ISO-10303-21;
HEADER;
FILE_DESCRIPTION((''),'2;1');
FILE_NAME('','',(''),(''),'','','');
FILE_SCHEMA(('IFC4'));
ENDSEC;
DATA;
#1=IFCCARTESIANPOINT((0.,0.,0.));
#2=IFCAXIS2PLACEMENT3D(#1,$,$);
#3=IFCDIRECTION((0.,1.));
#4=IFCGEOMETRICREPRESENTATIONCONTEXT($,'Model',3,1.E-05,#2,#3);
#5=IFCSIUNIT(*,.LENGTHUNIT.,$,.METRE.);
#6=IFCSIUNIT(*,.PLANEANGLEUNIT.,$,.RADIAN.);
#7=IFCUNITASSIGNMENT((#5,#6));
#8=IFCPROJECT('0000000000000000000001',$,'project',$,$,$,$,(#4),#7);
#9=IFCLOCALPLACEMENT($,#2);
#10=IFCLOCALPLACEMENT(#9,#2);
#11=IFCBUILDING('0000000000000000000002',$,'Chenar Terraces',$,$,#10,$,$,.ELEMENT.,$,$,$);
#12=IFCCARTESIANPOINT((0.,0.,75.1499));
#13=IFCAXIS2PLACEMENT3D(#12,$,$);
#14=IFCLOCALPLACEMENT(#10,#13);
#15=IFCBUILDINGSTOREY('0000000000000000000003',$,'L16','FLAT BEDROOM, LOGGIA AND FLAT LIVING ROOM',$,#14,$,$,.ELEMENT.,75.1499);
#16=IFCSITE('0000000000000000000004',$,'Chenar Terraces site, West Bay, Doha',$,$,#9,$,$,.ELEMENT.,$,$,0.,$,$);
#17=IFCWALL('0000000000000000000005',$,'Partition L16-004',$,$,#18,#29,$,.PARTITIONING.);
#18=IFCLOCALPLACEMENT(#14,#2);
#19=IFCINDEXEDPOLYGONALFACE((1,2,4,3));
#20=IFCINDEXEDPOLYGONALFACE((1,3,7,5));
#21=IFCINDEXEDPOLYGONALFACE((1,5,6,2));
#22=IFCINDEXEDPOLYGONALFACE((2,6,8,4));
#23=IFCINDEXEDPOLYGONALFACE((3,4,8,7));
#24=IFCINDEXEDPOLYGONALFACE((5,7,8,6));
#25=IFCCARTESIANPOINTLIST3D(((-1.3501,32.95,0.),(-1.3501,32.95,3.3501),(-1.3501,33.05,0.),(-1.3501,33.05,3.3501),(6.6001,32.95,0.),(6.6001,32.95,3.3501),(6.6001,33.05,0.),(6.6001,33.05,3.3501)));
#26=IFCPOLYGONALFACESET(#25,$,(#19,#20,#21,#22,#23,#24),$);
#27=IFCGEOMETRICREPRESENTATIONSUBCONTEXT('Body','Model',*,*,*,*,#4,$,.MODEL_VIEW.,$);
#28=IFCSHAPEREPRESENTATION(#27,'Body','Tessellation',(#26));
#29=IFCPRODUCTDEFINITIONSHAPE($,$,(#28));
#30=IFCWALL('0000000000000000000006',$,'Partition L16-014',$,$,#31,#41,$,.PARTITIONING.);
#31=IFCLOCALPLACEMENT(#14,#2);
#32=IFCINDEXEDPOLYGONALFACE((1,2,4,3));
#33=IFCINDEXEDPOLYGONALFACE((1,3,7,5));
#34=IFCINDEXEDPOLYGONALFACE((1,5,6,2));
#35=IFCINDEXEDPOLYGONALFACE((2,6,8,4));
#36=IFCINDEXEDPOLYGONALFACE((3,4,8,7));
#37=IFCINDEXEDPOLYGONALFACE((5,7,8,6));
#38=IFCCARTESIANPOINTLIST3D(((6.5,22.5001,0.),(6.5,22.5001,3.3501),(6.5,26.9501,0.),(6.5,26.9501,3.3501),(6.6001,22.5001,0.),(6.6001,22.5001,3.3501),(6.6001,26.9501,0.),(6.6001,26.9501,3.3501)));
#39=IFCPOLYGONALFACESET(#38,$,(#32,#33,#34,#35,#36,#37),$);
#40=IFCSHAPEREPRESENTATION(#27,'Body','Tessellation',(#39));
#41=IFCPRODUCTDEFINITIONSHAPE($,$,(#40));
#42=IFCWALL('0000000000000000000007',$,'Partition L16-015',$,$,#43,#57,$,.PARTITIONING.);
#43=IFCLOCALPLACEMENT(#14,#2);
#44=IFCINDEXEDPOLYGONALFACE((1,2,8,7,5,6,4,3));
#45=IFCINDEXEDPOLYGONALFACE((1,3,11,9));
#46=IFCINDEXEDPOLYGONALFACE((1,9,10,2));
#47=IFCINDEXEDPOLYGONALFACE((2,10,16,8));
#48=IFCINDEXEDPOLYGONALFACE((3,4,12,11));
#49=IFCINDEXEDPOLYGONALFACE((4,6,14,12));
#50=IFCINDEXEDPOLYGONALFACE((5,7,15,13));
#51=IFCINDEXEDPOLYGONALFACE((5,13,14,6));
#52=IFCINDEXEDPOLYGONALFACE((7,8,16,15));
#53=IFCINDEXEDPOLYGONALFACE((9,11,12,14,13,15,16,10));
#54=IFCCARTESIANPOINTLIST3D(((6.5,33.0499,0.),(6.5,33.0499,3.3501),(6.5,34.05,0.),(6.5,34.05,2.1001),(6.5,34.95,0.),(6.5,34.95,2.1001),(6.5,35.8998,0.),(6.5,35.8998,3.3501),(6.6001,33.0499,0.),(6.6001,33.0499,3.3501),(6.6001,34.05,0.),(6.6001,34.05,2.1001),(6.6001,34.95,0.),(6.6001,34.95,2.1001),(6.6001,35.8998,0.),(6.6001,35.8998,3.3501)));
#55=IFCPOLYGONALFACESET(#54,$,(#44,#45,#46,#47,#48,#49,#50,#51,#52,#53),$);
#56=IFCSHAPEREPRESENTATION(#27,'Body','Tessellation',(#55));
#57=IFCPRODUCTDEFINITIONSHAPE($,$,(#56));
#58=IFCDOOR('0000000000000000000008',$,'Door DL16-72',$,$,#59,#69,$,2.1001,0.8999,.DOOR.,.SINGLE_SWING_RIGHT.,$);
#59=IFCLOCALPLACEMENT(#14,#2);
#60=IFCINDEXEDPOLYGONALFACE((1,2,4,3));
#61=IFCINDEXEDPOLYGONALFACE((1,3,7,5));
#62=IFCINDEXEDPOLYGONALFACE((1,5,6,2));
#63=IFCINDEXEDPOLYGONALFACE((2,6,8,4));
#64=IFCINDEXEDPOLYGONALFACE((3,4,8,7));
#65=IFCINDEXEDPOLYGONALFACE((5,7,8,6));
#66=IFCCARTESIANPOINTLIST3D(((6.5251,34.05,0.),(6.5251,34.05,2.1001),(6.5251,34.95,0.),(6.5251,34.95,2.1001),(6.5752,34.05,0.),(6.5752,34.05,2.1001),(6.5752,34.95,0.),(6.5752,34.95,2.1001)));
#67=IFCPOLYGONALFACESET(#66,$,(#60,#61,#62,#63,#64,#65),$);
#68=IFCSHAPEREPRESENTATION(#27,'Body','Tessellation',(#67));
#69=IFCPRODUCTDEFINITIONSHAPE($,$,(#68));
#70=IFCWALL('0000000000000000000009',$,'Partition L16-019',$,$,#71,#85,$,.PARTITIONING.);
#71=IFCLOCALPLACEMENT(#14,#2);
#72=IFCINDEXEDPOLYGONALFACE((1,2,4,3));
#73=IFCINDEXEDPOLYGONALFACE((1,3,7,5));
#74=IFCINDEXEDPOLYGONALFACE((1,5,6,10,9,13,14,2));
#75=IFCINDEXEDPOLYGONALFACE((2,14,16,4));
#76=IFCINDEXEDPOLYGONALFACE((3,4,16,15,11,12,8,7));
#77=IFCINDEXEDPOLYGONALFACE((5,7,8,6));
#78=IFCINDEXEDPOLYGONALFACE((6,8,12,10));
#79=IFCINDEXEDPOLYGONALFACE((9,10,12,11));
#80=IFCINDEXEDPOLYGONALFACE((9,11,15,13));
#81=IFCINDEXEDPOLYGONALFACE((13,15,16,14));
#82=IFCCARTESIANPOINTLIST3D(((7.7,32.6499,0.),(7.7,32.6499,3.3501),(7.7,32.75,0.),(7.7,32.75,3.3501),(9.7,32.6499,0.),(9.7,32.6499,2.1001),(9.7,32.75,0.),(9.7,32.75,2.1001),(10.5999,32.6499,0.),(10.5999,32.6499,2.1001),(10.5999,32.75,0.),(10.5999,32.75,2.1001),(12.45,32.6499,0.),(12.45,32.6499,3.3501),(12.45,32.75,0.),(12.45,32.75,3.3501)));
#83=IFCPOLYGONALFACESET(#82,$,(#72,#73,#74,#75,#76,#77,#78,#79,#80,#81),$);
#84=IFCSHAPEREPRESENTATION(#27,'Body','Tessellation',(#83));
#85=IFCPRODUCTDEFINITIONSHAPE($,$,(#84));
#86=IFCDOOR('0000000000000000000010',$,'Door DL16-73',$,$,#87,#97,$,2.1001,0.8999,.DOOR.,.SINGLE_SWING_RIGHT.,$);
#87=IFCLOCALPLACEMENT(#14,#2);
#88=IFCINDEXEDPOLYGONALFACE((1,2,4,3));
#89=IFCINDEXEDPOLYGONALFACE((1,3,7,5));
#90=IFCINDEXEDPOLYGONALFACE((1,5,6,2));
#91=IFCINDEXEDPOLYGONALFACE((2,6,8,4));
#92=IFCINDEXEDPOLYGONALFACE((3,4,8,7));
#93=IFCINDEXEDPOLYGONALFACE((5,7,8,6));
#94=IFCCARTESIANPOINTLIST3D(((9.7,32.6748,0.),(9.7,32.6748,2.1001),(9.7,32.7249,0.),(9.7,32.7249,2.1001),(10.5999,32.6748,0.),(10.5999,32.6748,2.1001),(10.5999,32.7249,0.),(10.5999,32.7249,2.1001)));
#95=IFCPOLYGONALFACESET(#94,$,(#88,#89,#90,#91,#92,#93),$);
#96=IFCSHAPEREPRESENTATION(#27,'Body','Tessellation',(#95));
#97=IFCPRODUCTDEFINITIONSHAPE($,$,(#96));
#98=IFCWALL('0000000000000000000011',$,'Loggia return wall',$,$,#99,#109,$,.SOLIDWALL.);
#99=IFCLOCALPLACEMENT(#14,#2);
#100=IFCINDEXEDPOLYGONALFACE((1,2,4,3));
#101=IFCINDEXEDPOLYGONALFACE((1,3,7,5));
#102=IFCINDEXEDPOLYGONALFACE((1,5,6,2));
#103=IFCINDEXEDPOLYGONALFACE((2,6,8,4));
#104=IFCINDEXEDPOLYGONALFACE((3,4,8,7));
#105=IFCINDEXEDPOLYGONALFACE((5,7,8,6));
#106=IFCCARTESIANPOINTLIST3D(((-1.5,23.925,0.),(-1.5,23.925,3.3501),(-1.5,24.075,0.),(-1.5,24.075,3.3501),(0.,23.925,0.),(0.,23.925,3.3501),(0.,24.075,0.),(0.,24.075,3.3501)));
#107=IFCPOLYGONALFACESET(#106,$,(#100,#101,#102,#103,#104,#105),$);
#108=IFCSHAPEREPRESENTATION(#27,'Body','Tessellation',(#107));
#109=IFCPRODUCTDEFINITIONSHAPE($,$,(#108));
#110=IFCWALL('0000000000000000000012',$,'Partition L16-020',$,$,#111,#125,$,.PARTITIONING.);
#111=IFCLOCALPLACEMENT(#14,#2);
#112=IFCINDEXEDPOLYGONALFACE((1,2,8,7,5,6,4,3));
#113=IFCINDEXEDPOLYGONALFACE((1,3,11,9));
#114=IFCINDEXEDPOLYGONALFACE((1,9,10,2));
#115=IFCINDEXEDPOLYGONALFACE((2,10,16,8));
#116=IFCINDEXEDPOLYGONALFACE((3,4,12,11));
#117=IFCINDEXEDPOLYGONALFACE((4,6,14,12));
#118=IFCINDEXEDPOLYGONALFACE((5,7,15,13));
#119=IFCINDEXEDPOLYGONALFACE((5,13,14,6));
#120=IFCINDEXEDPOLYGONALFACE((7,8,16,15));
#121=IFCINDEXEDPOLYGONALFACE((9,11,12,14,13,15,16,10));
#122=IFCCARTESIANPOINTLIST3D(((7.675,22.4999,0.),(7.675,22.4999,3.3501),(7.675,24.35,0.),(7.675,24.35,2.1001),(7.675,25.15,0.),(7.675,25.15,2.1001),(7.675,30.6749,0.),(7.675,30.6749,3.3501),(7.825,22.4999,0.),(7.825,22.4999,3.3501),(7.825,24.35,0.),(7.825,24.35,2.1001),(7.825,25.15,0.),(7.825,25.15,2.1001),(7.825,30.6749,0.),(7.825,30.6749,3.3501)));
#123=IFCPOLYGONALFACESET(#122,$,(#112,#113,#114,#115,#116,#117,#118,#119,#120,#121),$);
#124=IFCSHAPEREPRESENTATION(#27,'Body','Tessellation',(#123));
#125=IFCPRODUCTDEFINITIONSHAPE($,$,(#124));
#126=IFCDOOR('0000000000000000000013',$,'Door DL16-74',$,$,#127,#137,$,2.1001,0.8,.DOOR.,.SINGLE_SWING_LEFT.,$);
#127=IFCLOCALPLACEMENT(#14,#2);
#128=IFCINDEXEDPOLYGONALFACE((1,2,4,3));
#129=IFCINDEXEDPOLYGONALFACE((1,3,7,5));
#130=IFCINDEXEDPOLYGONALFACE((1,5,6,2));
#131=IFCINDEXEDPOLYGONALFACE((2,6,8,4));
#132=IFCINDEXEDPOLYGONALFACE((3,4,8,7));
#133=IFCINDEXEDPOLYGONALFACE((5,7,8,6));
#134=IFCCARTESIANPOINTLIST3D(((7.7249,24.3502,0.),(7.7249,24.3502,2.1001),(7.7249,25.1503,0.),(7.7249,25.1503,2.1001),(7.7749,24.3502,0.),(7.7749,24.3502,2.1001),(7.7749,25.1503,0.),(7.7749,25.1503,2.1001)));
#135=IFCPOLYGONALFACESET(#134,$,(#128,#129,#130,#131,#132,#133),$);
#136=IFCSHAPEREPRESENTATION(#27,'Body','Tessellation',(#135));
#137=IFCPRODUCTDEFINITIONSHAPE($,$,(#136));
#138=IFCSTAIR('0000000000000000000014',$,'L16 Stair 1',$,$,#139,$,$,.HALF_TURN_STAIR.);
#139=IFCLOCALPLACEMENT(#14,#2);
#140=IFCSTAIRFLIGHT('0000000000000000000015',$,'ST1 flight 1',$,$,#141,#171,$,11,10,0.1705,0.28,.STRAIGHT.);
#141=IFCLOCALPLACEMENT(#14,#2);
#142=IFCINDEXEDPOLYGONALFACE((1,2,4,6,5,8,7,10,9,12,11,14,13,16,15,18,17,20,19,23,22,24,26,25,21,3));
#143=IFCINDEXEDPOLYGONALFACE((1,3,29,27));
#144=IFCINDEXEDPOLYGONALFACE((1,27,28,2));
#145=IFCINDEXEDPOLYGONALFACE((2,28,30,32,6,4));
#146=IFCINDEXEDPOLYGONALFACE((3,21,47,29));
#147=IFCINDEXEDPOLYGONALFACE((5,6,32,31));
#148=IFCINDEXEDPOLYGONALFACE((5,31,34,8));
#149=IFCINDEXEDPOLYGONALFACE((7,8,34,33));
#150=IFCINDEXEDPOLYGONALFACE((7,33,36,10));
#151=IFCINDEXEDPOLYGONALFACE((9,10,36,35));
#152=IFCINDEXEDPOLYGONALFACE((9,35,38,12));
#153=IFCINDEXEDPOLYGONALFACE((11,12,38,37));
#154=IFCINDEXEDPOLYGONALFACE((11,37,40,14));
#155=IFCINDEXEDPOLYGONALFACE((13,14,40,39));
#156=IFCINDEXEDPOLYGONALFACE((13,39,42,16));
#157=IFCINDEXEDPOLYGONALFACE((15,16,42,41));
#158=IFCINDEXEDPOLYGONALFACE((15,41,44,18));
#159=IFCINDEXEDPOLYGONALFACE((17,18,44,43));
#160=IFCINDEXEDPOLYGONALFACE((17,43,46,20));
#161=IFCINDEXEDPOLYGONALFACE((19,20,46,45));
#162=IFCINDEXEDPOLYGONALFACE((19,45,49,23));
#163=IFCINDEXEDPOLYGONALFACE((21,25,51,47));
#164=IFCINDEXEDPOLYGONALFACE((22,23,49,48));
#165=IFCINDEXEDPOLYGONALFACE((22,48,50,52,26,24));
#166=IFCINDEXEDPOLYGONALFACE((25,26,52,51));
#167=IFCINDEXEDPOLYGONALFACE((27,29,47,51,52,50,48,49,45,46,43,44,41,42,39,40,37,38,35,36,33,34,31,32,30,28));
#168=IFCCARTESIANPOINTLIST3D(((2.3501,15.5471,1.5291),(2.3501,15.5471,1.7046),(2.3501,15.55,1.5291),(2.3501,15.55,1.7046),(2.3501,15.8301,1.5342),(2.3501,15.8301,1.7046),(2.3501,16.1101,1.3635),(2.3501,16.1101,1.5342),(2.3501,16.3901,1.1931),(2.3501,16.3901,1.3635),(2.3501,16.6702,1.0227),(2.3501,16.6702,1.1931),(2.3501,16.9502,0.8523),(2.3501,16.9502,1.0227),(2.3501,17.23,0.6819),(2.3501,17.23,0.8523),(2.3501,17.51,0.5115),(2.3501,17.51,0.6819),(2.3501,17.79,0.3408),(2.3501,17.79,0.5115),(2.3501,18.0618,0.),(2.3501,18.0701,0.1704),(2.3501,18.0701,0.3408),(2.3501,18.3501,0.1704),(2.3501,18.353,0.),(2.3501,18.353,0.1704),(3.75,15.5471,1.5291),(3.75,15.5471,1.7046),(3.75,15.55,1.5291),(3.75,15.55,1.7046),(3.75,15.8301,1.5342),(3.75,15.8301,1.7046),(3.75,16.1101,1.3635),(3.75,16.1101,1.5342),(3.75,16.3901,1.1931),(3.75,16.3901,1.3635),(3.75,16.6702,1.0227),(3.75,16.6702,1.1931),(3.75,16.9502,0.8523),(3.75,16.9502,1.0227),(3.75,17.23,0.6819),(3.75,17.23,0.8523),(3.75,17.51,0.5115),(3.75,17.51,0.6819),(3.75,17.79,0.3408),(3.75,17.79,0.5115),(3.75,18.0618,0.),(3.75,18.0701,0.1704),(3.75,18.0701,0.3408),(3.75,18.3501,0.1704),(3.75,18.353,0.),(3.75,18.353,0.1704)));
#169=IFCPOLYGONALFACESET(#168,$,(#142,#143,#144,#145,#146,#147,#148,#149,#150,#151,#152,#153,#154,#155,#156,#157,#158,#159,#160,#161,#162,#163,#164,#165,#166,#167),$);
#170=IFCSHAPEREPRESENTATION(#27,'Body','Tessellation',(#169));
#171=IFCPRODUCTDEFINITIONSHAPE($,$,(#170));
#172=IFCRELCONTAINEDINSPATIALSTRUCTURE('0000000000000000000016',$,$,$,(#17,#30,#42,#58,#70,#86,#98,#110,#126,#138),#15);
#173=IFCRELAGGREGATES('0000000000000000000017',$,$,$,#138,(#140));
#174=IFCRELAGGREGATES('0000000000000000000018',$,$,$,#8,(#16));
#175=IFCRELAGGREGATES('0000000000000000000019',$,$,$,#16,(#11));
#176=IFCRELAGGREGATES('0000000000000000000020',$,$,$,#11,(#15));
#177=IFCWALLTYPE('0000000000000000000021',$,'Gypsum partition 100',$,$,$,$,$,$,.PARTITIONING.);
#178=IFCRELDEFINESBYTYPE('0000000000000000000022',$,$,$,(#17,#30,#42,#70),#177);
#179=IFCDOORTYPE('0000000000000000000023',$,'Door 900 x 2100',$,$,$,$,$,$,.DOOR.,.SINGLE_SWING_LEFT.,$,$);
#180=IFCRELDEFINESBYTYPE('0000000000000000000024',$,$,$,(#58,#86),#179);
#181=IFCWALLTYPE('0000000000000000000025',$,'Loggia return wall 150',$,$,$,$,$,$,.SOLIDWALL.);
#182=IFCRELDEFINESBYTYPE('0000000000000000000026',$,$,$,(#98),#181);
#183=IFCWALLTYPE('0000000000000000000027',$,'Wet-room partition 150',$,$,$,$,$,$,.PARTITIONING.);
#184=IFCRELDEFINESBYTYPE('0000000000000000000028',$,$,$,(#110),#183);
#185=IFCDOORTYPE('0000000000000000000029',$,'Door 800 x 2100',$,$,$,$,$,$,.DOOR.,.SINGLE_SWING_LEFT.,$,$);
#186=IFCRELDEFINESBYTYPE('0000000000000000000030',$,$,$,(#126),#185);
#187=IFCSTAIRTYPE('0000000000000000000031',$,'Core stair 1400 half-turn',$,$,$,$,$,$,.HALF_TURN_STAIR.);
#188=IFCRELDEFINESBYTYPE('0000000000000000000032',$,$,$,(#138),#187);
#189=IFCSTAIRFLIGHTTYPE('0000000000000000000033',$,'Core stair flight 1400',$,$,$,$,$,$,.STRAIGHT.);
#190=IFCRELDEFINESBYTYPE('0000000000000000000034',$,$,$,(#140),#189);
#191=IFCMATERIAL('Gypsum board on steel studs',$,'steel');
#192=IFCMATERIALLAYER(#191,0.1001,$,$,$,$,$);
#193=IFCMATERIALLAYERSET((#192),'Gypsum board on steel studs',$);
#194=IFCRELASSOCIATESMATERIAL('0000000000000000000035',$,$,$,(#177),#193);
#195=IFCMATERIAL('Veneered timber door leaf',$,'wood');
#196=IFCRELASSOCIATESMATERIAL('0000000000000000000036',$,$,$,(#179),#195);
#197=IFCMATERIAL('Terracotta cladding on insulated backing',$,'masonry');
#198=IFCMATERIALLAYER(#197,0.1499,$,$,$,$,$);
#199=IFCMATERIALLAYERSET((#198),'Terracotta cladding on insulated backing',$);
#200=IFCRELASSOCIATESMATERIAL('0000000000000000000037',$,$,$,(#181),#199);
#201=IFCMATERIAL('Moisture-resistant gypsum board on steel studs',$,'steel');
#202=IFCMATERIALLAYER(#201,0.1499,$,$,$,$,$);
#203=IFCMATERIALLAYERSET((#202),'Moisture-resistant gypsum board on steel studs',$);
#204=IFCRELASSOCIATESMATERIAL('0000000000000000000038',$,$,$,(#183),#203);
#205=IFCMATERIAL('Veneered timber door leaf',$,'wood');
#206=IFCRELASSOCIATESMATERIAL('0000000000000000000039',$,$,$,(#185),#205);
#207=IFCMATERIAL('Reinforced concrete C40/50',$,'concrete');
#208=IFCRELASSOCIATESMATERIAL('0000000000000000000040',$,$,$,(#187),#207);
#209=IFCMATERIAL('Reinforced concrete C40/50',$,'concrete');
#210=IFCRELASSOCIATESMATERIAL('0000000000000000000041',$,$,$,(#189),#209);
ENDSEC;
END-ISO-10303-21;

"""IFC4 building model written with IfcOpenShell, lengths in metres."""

from ifc_helpers import new_model, si_unit, direction, frame, frame_2d, origin, place, context, subcontext, project, spatial, polyline, rectangle, outline, extrude, material, layer, layer_set, type_object, element, fill, aggregate, save


model = new_model("IFC4")

# Units and contexts
model_context = context("Model", 3, precision=1e-05, world=origin(), true_north=direction((0.0, 1.0)))
body_context = subcontext(model_context, "Body", "Model", "MODEL_VIEW")
ifc_project = project(units=[si_unit("LENGTHUNIT", "METRE"), si_unit("PLANEANGLEUNIT", "RADIAN")], contexts=[model_context])

# Site, building, storey
site_placement = place(None, origin())
site = spatial("IfcSite", under=ifc_project, at=site_placement, Name="Chenar Terraces site, West Bay, Doha", CompositionType="ELEMENT", RefElevation=0.0)
building_placement = place(site_placement, origin())
building = spatial("IfcBuilding", under=site, at=building_placement, Name="Chenar Terraces", CompositionType="ELEMENT")
storey_placement = place(building_placement, frame((0.0, 0.0, 75.1499)))
storey = spatial("IfcBuildingStorey", under=building, at=storey_placement, Name="L16", Description="FLAT BEDROOM, LOGGIA AND FLAT LIVING ROOM", CompositionType="ELEMENT", Elevation=75.1499)

# Shared definitions
ifc_material_1 = material(Name="Gypsum board on steel studs", Category="steel")
ifc_layer_1 = layer(ifc_material_1, 0.1001)
ifc_layer_set_1 = layer_set([ifc_layer_1], Name="Gypsum board on steel studs")
wall_type_1 = type_object("IfcWallType", Name="Gypsum partition 100", PredefinedType="PARTITIONING", material=ifc_layer_set_1)
ifc_material_2 = material(Name="Veneered timber door leaf", Category="wood")
door_type_1 = type_object("IfcDoorType", Name="Door 900 x 2100", OperationType="SINGLE_SWING_LEFT", PredefinedType="DOOR", material=ifc_material_2)

# Walls
wall_1_placement = place(storey_placement, frame((-1.3501, 33.0, 0.0), z_axis=(0.0, 0.0, 1.0), x_axis=(1.0, 0.0, 0.0)))
element("IfcWall", 1, at=wall_1_placement, inside=storey, type_object=wall_type_1, Name="Partition L16-004", PredefinedType="PARTITIONING", context=body_context, shape_type="SweptSolid", body=[
    extrude(rectangle(XDim=7.9502, YDim=0.1001, at=frame_2d((3.9751, 0.0))), origin(), (0.0, 0.0, 1.0), 3.3501),
])
wall_2_placement = place(storey_placement, frame((6.55, 22.5, 0.0), z_axis=(0.0, 0.0, 1.0), x_axis=(0.0, 1.0, 0.0)))
element("IfcWall", 2, at=wall_2_placement, inside=storey, type_object=wall_type_1, Name="Partition L16-014", PredefinedType="PARTITIONING", context=body_context, shape_type="SweptSolid", body=[
    extrude(rectangle(XDim=4.45, YDim=0.1001, at=frame_2d((2.2251, 0.0))), origin(), (0.0, 0.0, 1.0), 3.3501),
])

# Walls, openings, doors
wall_3_placement = place(storey_placement, frame((6.55, 33.05, 0.0), z_axis=(0.0, 0.0, 1.0), x_axis=(0.0, 1.0, 0.0)))
wall_3 = element("IfcWall", 3, at=wall_3_placement, inside=storey, type_object=wall_type_1, Name="Partition L16-015", PredefinedType="PARTITIONING", context=body_context, shape_type="SweptSolid", body=[
    extrude(rectangle(XDim=2.8499, YDim=0.1001, at=frame_2d((1.4248, 0.0))), origin(), (0.0, 0.0, 1.0), 3.3501),
])
opening_1_placement = place(wall_3_placement, frame((1.0, 0.0, 0.0)))
opening_1 = element("IfcOpeningElement", 4, at=opening_1_placement, cuts=wall_3, PredefinedType="OPENING", context=body_context, shape_type="SweptSolid", body=[
    extrude(rectangle(XDim=0.8999, YDim=2.1001, at=frame_2d((0.45, 1.05))), frame((0.0, 0.0601, 0.0), z_axis=(0.0, -1.0, 0.0), x_axis=(1.0, 0.0, 0.0)), (0.0, 0.0, 1.0), 0.1201),
])
door_1_placement = place(opening_1_placement, origin())
door_1 = element("IfcDoor", 5, at=door_1_placement, inside=storey, type_object=door_type_1, Name="Door DL16-72", OperationType="SINGLE_SWING_RIGHT", OverallHeight=2.1001, OverallWidth=0.8999, PredefinedType="DOOR", context=body_context, shape_type="SweptSolid", body=[
    extrude(rectangle(XDim=0.8999, YDim=2.1001, at=frame_2d((0.45, 1.05))), frame((0.0, 0.0249, 0.0), z_axis=(0.0, -1.0, 0.0), x_axis=(1.0, 0.0, 0.0)), (0.0, 0.0, 1.0), 0.05),
])
fill(opening_1, door_1)
wall_4_placement = place(storey_placement, frame((7.7, 32.7, 0.0), z_axis=(0.0, 0.0, 1.0), x_axis=(1.0, 0.0, 0.0)))
wall_4 = element("IfcWall", 6, at=wall_4_placement, inside=storey, type_object=wall_type_1, Name="Partition L16-019", PredefinedType="PARTITIONING", context=body_context, shape_type="SweptSolid", body=[
    extrude(rectangle(XDim=4.75, YDim=0.1001, at=frame_2d((2.375, 0.0))), origin(), (0.0, 0.0, 1.0), 3.3501),
])
opening_2_placement = place(wall_4_placement, frame((2.0, 0.0, 0.0)))
opening_2 = element("IfcOpeningElement", 7, at=opening_2_placement, cuts=wall_4, PredefinedType="OPENING", context=body_context, shape_type="SweptSolid", body=[
    extrude(rectangle(XDim=0.8999, YDim=2.1001, at=frame_2d((0.45, 1.05))), frame((0.0, 0.0601, 0.0), z_axis=(0.0, -1.0, 0.0), x_axis=(1.0, 0.0, 0.0)), (0.0, 0.0, 1.0), 0.1201),
])
door_2_placement = place(opening_2_placement, origin())
door_2 = element("IfcDoor", 8, at=door_2_placement, inside=storey, type_object=door_type_1, Name="Door DL16-73", OperationType="SINGLE_SWING_RIGHT", OverallHeight=2.1001, OverallWidth=0.8999, PredefinedType="DOOR", context=body_context, shape_type="SweptSolid", body=[
    extrude(rectangle(XDim=0.8999, YDim=2.1001, at=frame_2d((0.45, 1.05))), frame((0.0, 0.0249, 0.0), z_axis=(0.0, -1.0, 0.0), x_axis=(1.0, 0.0, 0.0)), (0.0, 0.0, 1.0), 0.05),
])
fill(opening_2, door_2)

# Wall
ifc_material_3 = material(Name="Terracotta cladding on insulated backing", Category="masonry")
ifc_layer_2 = layer(ifc_material_3, 0.1499)
ifc_layer_set_2 = layer_set([ifc_layer_2], Name="Terracotta cladding on insulated backing")
wall_type_2 = type_object("IfcWallType", Name="Loggia return wall 150", PredefinedType="SOLIDWALL", material=ifc_layer_set_2)
wall_5_placement = place(storey_placement, frame((-1.5, 24.0, 0.0), z_axis=(0.0, 0.0, 1.0), x_axis=(1.0, 0.0, 0.0)))
element("IfcWall", 9, at=wall_5_placement, inside=storey, type_object=wall_type_2, Name="Loggia return wall", PredefinedType="SOLIDWALL", context=body_context, shape_type="SweptSolid", body=[
    extrude(rectangle(XDim=1.5, YDim=0.1499, at=frame_2d((0.75, 0.0))), origin(), (0.0, 0.0, 1.0), 3.3501),
])

# Wall, opening, door
ifc_material_4 = material(Name="Moisture-resistant gypsum board on steel studs", Category="steel")
ifc_layer_3 = layer(ifc_material_4, 0.1499)
ifc_layer_set_3 = layer_set([ifc_layer_3], Name="Moisture-resistant gypsum board on steel studs")
wall_type_3 = type_object("IfcWallType", Name="Wet-room partition 150", PredefinedType="PARTITIONING", material=ifc_layer_set_3)
wall_6_placement = place(storey_placement, frame((7.75, 22.5, 0.0), z_axis=(0.0, 0.0, 1.0), x_axis=(0.0, 1.0, 0.0)))
wall_6 = element("IfcWall", 10, at=wall_6_placement, inside=storey, type_object=wall_type_3, Name="Partition L16-020", PredefinedType="PARTITIONING", context=body_context, shape_type="SweptSolid", body=[
    extrude(rectangle(XDim=8.175, YDim=0.1499, at=frame_2d((4.0874, 0.0))), origin(), (0.0, 0.0, 1.0), 3.3501),
])
opening_3_placement = place(wall_6_placement, frame((1.8501, 0.0, 0.0)))
opening_3 = element("IfcOpeningElement", 11, at=opening_3_placement, cuts=wall_6, PredefinedType="OPENING", context=body_context, shape_type="SweptSolid", body=[
    extrude(rectangle(XDim=0.8, YDim=2.1001, at=frame_2d((0.3999, 1.05))), frame((0.0, 0.085, 0.0), z_axis=(0.0, -1.0, 0.0), x_axis=(1.0, 0.0, 0.0)), (0.0, 0.0, 1.0), 0.1699),
])
ifc_material_5 = material(Name="Veneered timber door leaf", Category="wood")
door_type_2 = type_object("IfcDoorType", Name="Door 800 x 2100", OperationType="SINGLE_SWING_LEFT", PredefinedType="DOOR", material=ifc_material_5)
door_3_placement = place(opening_3_placement, frame((0.8, 0.0, 0.0), z_axis=(0.0, 0.0, 1.0), x_axis=(-1.0, 0.0, 0.0)))
door_3 = element("IfcDoor", 12, at=door_3_placement, inside=storey, type_object=door_type_2, Name="Door DL16-74", OperationType="SINGLE_SWING_LEFT", OverallHeight=2.1001, OverallWidth=0.8, PredefinedType="DOOR", context=body_context, shape_type="SweptSolid", body=[
    extrude(rectangle(XDim=0.8, YDim=2.1001, at=frame_2d((0.3999, 1.05))), frame((0.0, 0.0249, 0.0), z_axis=(0.0, -1.0, 0.0), x_axis=(1.0, 0.0, 0.0)), (0.0, 0.0, 1.0), 0.05),
])
fill(opening_3, door_3)

# Stair, stair flight
ifc_material_6 = material(Name="Reinforced concrete C40/50", Category="concrete")
stair_type = type_object("IfcStairType", Name="Core stair 1400 half-turn", PredefinedType="HALF_TURN_STAIR", material=ifc_material_6)
stair_placement = place(storey_placement, origin())
stair = element("IfcStair", 13, at=stair_placement, inside=storey, type_object=stair_type, Name="L16 Stair 1", PredefinedType="HALF_TURN_STAIR")
ifc_material_7 = material(Name="Reinforced concrete C40/50", Category="concrete")
stair_flight_type = type_object("IfcStairFlightType", Name="Core stair flight 1400", PredefinedType="STRAIGHT", material=ifc_material_7)
stair_flight_1_placement = place(storey_placement, frame((3.05, 18.3501, 0.0), z_axis=(0.0, 0.0, 1.0), x_axis=(0.0, -1.0, 0.0)))
stair_flight_1 = element("IfcStairFlight", 14, at=stair_flight_1_placement, type_object=stair_flight_type, Name="ST1 flight 1", NumberOfRisers=11, NumberOfTreads=10, PredefinedType="STRAIGHT", RiserHeight=0.1705, TreadLength=0.28, context=body_context, shape_type="SweptSolid", body=[
    extrude(outline(polyline([(-0.0029, 0.0), (-0.0029, 0.1704), (0.0, 0.1704), (0.28, 0.1704), (0.28, 0.3408), (0.5601, 0.3408), (0.5601, 0.5115), (0.8401, 0.5115), (0.8401, 0.6819), (1.1201, 0.6819), (1.1201, 0.8523), (1.3999, 0.8523), (1.3999, 1.0227), (1.6799, 1.0227), (1.6799, 1.1931), (1.96, 1.1931), (1.96, 1.3635), (2.24, 1.3635), (2.24, 1.5342), (2.52, 1.5342), (2.52, 1.7046), (2.8, 1.7046), (2.803, 1.7046), (2.803, 1.5291), (2.8, 1.5291), (0.2883, 0.0), (-0.0029, 0.0)])), frame((0.0, 0.7, 0.0), z_axis=(0.0, -1.0, 0.0), x_axis=(1.0, 0.0, 0.0)), (0.0, 0.0, 1.0), 1.3999),
])
aggregate(stair, [stair_flight_1])

save(model, "model.ifc")
